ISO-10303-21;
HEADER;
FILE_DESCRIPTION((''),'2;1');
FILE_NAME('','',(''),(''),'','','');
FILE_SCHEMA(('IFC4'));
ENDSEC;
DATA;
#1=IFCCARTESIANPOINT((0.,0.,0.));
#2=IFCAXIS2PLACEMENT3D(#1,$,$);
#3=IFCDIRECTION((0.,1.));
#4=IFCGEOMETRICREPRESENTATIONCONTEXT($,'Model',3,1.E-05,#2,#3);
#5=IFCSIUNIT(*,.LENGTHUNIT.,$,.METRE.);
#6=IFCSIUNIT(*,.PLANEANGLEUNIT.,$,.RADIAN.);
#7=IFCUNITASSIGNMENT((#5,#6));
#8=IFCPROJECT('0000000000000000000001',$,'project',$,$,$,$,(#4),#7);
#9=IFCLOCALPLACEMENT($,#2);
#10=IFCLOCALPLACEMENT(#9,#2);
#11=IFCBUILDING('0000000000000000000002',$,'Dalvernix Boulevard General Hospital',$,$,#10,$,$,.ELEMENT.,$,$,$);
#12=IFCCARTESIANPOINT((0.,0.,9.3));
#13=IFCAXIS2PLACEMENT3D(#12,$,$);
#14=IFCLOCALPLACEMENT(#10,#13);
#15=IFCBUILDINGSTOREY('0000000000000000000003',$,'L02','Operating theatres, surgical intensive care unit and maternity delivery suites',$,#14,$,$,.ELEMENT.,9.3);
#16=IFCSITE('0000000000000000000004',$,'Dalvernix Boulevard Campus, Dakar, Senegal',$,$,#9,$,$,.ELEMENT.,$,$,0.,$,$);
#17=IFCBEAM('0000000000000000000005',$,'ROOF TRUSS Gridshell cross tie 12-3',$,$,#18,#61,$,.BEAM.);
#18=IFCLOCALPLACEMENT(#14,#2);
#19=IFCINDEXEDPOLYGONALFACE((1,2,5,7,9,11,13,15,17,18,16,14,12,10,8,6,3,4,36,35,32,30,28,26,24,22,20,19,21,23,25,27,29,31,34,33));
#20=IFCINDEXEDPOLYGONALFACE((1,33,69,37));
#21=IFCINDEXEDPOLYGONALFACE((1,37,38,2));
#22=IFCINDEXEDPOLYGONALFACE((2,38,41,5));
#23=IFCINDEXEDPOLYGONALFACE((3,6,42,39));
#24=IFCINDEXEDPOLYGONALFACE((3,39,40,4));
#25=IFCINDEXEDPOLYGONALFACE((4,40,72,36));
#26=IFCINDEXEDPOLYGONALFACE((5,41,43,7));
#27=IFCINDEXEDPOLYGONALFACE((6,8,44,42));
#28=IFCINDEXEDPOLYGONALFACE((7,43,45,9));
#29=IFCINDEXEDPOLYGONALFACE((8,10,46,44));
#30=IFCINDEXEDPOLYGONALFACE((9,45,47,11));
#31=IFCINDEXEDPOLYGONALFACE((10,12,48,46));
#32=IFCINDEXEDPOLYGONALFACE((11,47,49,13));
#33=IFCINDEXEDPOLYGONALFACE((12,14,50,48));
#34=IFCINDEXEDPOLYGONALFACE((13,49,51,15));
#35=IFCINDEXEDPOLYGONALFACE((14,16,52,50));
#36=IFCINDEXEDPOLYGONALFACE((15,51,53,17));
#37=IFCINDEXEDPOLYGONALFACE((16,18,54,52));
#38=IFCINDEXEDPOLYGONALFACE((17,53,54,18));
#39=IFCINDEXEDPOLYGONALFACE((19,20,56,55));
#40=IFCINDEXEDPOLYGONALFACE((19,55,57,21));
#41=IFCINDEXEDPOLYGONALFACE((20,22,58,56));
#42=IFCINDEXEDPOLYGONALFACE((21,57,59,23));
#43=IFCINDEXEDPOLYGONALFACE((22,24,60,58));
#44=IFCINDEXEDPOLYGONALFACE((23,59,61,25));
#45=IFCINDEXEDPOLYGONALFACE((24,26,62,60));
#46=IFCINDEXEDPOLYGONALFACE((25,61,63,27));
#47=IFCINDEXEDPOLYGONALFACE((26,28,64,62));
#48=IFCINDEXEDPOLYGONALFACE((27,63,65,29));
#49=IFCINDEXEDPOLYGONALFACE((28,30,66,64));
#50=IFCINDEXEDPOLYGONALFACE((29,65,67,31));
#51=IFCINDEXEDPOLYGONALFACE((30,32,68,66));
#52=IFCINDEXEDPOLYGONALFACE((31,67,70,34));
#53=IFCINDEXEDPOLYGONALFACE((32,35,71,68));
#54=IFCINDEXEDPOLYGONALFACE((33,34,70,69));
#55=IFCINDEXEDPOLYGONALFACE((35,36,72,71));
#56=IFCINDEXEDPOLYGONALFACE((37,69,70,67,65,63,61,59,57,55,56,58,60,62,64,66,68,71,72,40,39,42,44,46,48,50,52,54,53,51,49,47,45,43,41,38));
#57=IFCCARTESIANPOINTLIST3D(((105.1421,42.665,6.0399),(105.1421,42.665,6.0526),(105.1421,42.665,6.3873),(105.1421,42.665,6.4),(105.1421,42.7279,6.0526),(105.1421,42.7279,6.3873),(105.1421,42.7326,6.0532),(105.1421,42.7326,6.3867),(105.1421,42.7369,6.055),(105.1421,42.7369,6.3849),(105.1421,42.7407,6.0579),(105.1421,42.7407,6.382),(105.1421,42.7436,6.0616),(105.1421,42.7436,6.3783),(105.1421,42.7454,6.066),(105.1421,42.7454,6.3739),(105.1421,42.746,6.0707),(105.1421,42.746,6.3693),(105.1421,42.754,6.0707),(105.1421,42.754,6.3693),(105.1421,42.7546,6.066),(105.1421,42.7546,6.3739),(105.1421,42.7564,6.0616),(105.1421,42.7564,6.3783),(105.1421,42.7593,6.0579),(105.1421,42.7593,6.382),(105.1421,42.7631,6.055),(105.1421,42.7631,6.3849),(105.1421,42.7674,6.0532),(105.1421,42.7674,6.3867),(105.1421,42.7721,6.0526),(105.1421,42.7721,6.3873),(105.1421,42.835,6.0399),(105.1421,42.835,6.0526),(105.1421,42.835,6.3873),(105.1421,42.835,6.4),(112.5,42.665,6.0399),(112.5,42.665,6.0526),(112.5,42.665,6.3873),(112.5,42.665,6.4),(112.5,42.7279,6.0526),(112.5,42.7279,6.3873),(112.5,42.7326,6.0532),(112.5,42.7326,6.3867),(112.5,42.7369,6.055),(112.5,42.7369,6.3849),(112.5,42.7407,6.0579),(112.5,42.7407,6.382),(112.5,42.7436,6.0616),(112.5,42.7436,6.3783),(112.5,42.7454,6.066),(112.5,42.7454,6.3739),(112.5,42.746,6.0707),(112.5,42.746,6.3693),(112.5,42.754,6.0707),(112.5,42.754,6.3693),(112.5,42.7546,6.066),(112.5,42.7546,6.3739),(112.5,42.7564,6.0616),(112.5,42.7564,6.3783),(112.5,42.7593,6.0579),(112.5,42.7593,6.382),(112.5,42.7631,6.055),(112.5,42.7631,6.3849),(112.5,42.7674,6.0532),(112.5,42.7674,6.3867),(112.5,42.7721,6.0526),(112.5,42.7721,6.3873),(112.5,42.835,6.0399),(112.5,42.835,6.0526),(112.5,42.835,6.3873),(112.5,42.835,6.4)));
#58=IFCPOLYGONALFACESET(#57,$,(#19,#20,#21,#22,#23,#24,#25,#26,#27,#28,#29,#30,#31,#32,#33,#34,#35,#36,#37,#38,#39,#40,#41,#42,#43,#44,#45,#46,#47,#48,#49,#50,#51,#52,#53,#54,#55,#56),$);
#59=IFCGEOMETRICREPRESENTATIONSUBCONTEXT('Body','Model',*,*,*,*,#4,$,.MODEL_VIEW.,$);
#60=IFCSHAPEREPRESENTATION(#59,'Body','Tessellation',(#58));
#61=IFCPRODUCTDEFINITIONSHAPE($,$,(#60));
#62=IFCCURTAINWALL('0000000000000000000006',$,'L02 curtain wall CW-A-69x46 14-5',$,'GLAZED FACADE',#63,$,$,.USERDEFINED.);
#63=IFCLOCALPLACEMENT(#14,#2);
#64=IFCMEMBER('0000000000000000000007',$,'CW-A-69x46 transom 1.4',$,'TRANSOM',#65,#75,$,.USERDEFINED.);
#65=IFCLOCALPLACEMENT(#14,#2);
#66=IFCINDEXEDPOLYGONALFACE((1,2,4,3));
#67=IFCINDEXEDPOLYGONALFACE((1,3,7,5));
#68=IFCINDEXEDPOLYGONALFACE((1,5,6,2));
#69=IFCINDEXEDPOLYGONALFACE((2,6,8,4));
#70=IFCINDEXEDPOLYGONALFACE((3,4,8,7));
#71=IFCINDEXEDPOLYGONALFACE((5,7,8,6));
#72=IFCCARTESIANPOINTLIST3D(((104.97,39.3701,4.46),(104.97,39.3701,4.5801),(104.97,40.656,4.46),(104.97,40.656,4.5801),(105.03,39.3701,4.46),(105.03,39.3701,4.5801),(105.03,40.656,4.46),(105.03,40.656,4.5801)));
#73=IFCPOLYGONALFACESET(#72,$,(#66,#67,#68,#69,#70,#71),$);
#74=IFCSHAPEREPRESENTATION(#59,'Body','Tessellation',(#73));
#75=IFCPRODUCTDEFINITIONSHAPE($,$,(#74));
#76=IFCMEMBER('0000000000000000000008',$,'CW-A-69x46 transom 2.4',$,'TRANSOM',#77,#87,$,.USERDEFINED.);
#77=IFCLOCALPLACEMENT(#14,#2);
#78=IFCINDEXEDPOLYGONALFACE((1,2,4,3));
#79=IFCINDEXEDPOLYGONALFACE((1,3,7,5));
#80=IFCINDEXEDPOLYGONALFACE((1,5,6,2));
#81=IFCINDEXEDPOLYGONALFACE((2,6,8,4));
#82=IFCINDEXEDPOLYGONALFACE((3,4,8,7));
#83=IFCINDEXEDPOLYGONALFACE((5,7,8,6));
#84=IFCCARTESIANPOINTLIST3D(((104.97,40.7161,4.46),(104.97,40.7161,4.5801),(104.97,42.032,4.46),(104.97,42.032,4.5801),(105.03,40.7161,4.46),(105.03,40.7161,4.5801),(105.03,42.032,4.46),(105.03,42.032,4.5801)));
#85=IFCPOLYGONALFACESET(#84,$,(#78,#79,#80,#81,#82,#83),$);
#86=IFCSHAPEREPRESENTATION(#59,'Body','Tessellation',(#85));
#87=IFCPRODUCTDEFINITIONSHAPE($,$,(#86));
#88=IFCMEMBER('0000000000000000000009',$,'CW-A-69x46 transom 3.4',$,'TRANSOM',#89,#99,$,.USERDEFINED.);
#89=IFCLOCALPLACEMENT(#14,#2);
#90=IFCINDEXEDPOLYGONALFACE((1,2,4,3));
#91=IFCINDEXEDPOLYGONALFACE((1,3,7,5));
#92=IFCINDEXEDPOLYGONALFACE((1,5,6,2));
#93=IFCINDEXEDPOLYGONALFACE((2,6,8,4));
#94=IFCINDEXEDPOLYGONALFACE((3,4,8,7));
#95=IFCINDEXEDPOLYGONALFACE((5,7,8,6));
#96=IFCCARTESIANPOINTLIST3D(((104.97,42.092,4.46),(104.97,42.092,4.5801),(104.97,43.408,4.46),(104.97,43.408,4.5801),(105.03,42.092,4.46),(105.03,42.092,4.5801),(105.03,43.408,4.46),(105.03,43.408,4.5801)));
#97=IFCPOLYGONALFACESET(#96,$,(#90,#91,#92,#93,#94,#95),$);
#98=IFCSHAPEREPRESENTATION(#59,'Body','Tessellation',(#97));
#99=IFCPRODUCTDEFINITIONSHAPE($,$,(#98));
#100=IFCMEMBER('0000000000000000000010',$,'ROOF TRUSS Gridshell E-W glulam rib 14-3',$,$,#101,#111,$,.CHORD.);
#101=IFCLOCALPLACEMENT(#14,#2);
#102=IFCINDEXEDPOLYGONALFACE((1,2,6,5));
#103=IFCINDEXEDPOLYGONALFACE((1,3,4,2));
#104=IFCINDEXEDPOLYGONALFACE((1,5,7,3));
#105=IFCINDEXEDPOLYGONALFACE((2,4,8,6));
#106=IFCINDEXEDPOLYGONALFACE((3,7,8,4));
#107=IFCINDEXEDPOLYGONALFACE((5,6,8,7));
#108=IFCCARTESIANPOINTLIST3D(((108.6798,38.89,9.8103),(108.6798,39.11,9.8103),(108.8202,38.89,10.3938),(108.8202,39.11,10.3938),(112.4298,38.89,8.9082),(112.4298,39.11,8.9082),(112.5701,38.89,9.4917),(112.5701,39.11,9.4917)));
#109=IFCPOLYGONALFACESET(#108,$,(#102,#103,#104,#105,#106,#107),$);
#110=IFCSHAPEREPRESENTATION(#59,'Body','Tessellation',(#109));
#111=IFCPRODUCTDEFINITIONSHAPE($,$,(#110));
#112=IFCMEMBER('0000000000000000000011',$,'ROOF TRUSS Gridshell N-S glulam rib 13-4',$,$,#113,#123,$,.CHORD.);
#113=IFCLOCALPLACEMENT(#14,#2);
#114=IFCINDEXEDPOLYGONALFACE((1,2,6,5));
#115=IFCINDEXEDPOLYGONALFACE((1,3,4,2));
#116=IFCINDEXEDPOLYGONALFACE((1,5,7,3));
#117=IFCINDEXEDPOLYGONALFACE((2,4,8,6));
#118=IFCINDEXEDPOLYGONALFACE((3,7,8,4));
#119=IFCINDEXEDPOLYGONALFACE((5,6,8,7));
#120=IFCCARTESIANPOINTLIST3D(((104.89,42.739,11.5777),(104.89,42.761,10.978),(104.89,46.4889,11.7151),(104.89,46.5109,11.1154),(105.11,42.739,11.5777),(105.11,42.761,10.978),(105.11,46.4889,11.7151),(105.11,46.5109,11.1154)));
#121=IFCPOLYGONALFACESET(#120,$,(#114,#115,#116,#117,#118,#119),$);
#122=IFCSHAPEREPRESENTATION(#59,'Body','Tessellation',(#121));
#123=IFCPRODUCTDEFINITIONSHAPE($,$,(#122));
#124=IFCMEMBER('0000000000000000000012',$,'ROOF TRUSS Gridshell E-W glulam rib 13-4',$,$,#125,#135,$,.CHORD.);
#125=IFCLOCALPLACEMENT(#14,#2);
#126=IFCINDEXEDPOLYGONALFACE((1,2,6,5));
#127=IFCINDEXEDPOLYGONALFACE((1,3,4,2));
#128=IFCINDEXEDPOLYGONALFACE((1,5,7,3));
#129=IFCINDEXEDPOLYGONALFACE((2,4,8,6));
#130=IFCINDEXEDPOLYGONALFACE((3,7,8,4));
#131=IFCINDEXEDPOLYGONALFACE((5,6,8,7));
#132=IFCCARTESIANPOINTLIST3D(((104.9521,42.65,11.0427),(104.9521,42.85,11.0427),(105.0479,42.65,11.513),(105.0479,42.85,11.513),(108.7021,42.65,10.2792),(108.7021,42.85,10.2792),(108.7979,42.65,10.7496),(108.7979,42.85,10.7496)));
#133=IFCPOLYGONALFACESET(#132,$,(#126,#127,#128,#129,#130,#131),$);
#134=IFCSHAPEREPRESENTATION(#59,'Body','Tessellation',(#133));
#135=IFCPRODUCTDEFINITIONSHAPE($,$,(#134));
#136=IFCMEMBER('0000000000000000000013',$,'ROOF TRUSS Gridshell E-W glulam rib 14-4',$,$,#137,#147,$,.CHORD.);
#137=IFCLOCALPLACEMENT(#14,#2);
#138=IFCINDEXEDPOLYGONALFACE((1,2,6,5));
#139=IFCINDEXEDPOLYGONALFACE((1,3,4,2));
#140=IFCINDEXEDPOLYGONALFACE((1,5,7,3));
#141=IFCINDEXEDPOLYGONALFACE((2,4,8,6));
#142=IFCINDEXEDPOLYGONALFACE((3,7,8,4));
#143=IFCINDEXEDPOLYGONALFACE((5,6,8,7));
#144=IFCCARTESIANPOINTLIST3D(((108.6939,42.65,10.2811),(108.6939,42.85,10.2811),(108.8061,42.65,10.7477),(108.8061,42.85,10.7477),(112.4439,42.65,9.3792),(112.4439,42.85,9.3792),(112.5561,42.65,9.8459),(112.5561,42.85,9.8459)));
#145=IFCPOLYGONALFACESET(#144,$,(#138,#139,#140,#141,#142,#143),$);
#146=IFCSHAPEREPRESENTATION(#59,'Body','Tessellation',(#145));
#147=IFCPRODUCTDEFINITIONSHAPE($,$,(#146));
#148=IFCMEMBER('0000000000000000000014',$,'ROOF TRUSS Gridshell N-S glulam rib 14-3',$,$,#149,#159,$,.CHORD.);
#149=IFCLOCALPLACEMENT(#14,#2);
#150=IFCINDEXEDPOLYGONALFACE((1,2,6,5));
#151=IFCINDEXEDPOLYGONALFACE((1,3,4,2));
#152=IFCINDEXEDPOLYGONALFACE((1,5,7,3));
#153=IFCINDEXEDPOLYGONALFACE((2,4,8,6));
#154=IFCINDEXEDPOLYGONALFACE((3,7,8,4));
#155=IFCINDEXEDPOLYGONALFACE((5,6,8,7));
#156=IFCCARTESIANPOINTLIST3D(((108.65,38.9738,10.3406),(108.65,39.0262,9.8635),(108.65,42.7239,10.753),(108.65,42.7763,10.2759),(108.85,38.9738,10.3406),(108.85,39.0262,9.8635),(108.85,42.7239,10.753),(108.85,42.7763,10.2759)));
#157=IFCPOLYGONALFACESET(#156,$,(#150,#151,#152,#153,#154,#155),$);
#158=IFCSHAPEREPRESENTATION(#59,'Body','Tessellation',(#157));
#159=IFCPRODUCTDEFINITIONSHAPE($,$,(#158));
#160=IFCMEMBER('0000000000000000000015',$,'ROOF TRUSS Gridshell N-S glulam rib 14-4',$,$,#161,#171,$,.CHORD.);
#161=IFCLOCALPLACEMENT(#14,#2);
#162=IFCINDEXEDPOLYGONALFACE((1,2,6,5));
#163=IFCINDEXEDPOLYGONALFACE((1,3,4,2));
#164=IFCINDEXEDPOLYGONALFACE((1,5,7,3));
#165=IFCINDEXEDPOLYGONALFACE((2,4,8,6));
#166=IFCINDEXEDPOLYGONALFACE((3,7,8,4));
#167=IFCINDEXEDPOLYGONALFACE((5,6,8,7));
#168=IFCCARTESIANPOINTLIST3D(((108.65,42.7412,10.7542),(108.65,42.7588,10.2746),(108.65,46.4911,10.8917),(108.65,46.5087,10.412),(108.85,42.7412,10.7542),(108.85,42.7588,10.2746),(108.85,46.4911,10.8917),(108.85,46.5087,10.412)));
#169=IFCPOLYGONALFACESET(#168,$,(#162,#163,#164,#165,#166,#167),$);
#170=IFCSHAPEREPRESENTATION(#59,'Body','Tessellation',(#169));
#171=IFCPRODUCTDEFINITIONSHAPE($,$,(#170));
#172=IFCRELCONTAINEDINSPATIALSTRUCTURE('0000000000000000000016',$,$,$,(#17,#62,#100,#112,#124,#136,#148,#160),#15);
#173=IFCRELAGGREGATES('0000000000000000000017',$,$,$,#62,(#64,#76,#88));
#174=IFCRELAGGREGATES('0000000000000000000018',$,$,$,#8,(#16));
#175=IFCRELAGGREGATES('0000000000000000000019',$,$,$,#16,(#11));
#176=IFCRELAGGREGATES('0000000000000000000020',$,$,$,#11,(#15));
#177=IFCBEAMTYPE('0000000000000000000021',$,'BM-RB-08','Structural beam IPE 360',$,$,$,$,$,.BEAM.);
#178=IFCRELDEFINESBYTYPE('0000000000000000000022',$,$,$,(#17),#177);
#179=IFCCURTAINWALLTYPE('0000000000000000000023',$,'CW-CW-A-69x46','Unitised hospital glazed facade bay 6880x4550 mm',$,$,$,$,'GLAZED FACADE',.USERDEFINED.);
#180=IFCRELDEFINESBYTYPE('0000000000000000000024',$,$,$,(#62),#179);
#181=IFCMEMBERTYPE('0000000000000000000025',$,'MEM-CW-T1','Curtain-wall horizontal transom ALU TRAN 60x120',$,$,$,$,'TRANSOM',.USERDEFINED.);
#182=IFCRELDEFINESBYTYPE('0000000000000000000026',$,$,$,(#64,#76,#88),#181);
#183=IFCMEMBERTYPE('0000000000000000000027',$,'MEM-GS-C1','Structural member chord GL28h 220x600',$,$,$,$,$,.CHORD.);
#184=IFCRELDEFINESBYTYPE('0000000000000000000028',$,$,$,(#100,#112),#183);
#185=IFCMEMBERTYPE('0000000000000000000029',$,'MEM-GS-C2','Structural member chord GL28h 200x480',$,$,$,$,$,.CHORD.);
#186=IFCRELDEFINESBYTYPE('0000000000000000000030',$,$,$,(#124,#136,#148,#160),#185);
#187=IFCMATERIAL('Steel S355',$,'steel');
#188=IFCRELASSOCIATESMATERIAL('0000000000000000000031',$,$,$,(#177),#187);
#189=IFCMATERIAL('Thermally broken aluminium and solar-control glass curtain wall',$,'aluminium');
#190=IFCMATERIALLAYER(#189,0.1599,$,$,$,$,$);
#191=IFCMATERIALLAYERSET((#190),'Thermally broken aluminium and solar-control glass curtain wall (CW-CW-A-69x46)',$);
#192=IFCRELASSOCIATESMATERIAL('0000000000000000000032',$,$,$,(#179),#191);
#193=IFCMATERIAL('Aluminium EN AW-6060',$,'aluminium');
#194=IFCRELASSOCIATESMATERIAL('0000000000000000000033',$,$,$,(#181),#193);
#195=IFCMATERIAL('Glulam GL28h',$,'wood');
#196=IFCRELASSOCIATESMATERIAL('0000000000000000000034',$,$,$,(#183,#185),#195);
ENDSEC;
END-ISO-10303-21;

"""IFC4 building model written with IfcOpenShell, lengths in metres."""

from ifc_helpers import new_model, si_unit, direction, frame, origin, origin_2d, place, context, subcontext, project, spatial, rectangle, i_section, extrude, material, layer, layer_set, material_profile, profile_set, type_object, element, aggregate, save


model = new_model("IFC4")

# Units and contexts
model_context = context("Model", 3, precision=1e-05, world=origin(), true_north=direction((0.0, 1.0)))
body_context = subcontext(model_context, "Body", "Model", "MODEL_VIEW")
ifc_project = project(units=[si_unit("LENGTHUNIT", "METRE"), si_unit("PLANEANGLEUNIT", "RADIAN")], contexts=[model_context])

# Site, building, storey
site_placement = place(None, origin())
site = spatial("IfcSite", under=ifc_project, at=site_placement, Name="Dalvernix Boulevard Campus, Dakar, Senegal", CompositionType="ELEMENT", RefElevation=0.0)
building_placement = place(site_placement, origin())
building = spatial("IfcBuilding", under=site, at=building_placement, Name="Dalvernix Boulevard General Hospital", CompositionType="ELEMENT")
storey_placement = place(building_placement, frame((0.0, 0.0, 9.3)))
storey = spatial("IfcBuildingStorey", under=building, at=storey_placement, Name="L02", Description="Operating theatres, surgical intensive care unit and maternity delivery suites", CompositionType="ELEMENT", Elevation=9.3)

# Beam
ifc_material_1 = material(Name="Steel S355", Category="steel")
ifc_material_profile_1 = material_profile(ifc_material_1, i_section(OverallWidth=0.1699, OverallDepth=0.3601, WebThickness=0.0081, FlangeThickness=0.0127, FilletRadius=0.0181, at=origin_2d()), Name="IPE 360")
ifc_profile_set_1 = profile_set([ifc_material_profile_1], Name="Steel S355")
beam_type = type_object("IfcBeamType", Name="BM-RB-08", Description="Structural beam IPE 360", PredefinedType="BEAM", material=ifc_profile_set_1)
beam_placement = place(storey_placement, frame((105.1421, 42.75, 6.22), z_axis=(1.0, 0.0, 0.0), x_axis=(0.0, 1.0, 0.0)))
element("IfcBeam", 1, at=beam_placement, inside=storey, type_object=beam_type, Name="ROOF TRUSS Gridshell cross tie 12-3", PredefinedType="BEAM", context=body_context, shape_type="SweptSolid", body=[
    extrude(i_section(OverallWidth=0.1699, OverallDepth=0.3601, WebThickness=0.0081, FlangeThickness=0.0127, FilletRadius=0.0181, at=origin_2d()), origin(), (0.0, 0.0, 1.0), 7.3579),
])

# Curtain wall, members
ifc_material_2 = material(Name="Thermally broken aluminium and solar-control glass curtain wall", Category="aluminium")
ifc_layer_1 = layer(ifc_material_2, 0.1599)
ifc_layer_set_1 = layer_set([ifc_layer_1], Name="Thermally broken aluminium and solar-control glass curtain wall (CW-CW-A-69x46)")
curtain_wall_type = type_object("IfcCurtainWallType", Name="CW-CW-A-69x46", Description="Unitised hospital glazed facade bay 6880x4550 mm", ElementType="GLAZED FACADE", PredefinedType="USERDEFINED", material=ifc_layer_set_1)
curtain_wall_placement = place(storey_placement, origin())
curtain_wall = element("IfcCurtainWall", 2, at=curtain_wall_placement, inside=storey, type_object=curtain_wall_type, Name="L02 curtain wall CW-A-69x46 14-5", ObjectType="GLAZED FACADE", PredefinedType="USERDEFINED")
ifc_material_3 = material(Name="Aluminium EN AW-6060", Category="aluminium")
ifc_material_profile_2 = material_profile(ifc_material_3, rectangle(XDim=0.0601, YDim=0.1201, at=origin_2d()), Name="ALU TRAN 60x120")
ifc_profile_set_2 = profile_set([ifc_material_profile_2], Name="Aluminium EN AW-6060")
member_type_1 = type_object("IfcMemberType", Name="MEM-CW-T1", Description="Curtain-wall horizontal transom ALU TRAN 60x120", ElementType="TRANSOM", PredefinedType="USERDEFINED", material=ifc_profile_set_2)
member_1_placement = place(storey_placement, frame((105.0, 39.3701, 4.52), z_axis=(0.0, 1.0, 0.0), x_axis=(-1.0, 0.0, 0.0)))
member_1 = element("IfcMember", 3, at=member_1_placement, type_object=member_type_1, Name="CW-A-69x46 transom 1.4", ObjectType="TRANSOM", PredefinedType="USERDEFINED", context=body_context, shape_type="SweptSolid", body=[
    extrude(rectangle(XDim=0.0601, YDim=0.1201, at=origin_2d()), origin(), (0.0, 0.0, 1.0), 1.2859),
])
member_2_placement = place(storey_placement, frame((105.0, 40.7161, 4.52), z_axis=(0.0, 1.0, 0.0), x_axis=(-1.0, 0.0, 0.0)))
member_2 = element("IfcMember", 4, at=member_2_placement, type_object=member_type_1, Name="CW-A-69x46 transom 2.4", ObjectType="TRANSOM", PredefinedType="USERDEFINED", context=body_context, shape_type="SweptSolid", body=[
    extrude(rectangle(XDim=0.0601, YDim=0.1201, at=origin_2d()), origin(), (0.0, 0.0, 1.0), 1.3159),
])
member_3_placement = place(storey_placement, frame((105.0, 42.092, 4.52), z_axis=(0.0, 1.0, 0.0), x_axis=(-1.0, 0.0, 0.0)))
member_3 = element("IfcMember", 5, at=member_3_placement, type_object=member_type_1, Name="CW-A-69x46 transom 3.4", ObjectType="TRANSOM", PredefinedType="USERDEFINED", context=body_context, shape_type="SweptSolid", body=[
    extrude(rectangle(XDim=0.0601, YDim=0.1201, at=origin_2d()), origin(), (0.0, 0.0, 1.0), 1.3159),
])

# Members
ifc_material_4 = material(Name="Glulam GL28h", Category="wood")
ifc_material_profile_3 = material_profile(ifc_material_4, rectangle(XDim=0.22, YDim=0.6001, at=origin_2d()), Name="GL28h 220x600")
ifc_profile_set_3 = profile_set([ifc_material_profile_3], Name="Glulam GL28h")
member_type_2 = type_object("IfcMemberType", Name="MEM-GS-C1", Description="Structural member chord GL28h 220x600", PredefinedType="CHORD", material=ifc_profile_set_3)
member_4_placement = place(storey_placement, frame((108.75, 39.0, 10.1021), z_axis=(0.972264, 0.0, -0.233888), x_axis=(0.0, 1.0, 0.0)))
element("IfcMember", 6, at=member_4_placement, inside=storey, type_object=member_type_2, Name="ROOF TRUSS Gridshell E-W glulam rib 14-3", PredefinedType="CHORD", context=body_context, shape_type="SweptSolid", body=[
    extrude(rectangle(XDim=0.22, YDim=0.6001, at=origin_2d()), origin(), (0.0, 0.0, 1.0), 3.8569),
])
member_5_placement = place(storey_placement, frame((105.0, 42.75, 11.2778), z_axis=(0.0, 0.999329, 0.036629), x_axis=(-1.0, 0.0, 0.0)))
element("IfcMember", 7, at=member_5_placement, inside=storey, type_object=member_type_2, Name="ROOF TRUSS Gridshell N-S glulam rib 13-4", PredefinedType="CHORD", context=body_context, shape_type="SweptSolid", body=[
    extrude(rectangle(XDim=0.22, YDim=0.6001, at=origin_2d()), origin(), (0.0, 0.0, 1.0), 3.7524),
])
ifc_material_profile_4 = material_profile(ifc_material_4, rectangle(XDim=0.2, YDim=0.48, at=origin_2d()), Name="GL28h 200x480")
ifc_profile_set_4 = profile_set([ifc_material_profile_4], Name="Glulam GL28h")
member_type_3 = type_object("IfcMemberType", Name="MEM-GS-C2", Description="Structural member chord GL28h 200x480", PredefinedType="CHORD", material=ifc_profile_set_4)
member_6_placement = place(storey_placement, frame((105.0, 42.75, 11.2778), z_axis=(0.9799, 0.0, -0.199489), x_axis=(0.0, 1.0, 0.0)))
element("IfcMember", 8, at=member_6_placement, inside=storey, type_object=member_type_3, Name="ROOF TRUSS Gridshell E-W glulam rib 13-4", PredefinedType="CHORD", context=body_context, shape_type="SweptSolid", body=[
    extrude(rectangle(XDim=0.2, YDim=0.48, at=origin_2d()), origin(), (0.0, 0.0, 1.0), 3.8269),
])
member_7_placement = place(storey_placement, frame((108.75, 42.75, 10.5144), z_axis=(0.972278, 0.0, -0.233828), x_axis=(0.0, 1.0, 0.0)))
element("IfcMember", 9, at=member_7_placement, inside=storey, type_object=member_type_3, Name="ROOF TRUSS Gridshell E-W glulam rib 14-4", PredefinedType="CHORD", context=body_context, shape_type="SweptSolid", body=[
    extrude(rectangle(XDim=0.2, YDim=0.48, at=origin_2d()), origin(), (0.0, 0.0, 1.0), 3.8569),
])
member_8_placement = place(storey_placement, frame((108.75, 39.0, 10.1021), z_axis=(0.0, 0.994009, 0.109302), x_axis=(-1.0, 0.0, 0.0)))
element("IfcMember", 10, at=member_8_placement, inside=storey, type_object=member_type_3, Name="ROOF TRUSS Gridshell N-S glulam rib 14-3", PredefinedType="CHORD", context=body_context, shape_type="SweptSolid", body=[
    extrude(rectangle(XDim=0.2, YDim=0.48, at=origin_2d()), origin(), (0.0, 0.0, 1.0), 3.7727),
])
member_9_placement = place(storey_placement, frame((108.75, 42.75, 10.5144), z_axis=(0.0, 0.999329, 0.036629), x_axis=(-1.0, 0.0, 0.0)))
element("IfcMember", 11, at=member_9_placement, inside=storey, type_object=member_type_3, Name="ROOF TRUSS Gridshell N-S glulam rib 14-4", PredefinedType="CHORD", context=body_context, shape_type="SweptSolid", body=[
    extrude(rectangle(XDim=0.2, YDim=0.48, at=origin_2d()), origin(), (0.0, 0.0, 1.0), 3.7524),
])

aggregate(curtain_wall, [member_1, member_2, member_3])

save(model, "model.ifc")
